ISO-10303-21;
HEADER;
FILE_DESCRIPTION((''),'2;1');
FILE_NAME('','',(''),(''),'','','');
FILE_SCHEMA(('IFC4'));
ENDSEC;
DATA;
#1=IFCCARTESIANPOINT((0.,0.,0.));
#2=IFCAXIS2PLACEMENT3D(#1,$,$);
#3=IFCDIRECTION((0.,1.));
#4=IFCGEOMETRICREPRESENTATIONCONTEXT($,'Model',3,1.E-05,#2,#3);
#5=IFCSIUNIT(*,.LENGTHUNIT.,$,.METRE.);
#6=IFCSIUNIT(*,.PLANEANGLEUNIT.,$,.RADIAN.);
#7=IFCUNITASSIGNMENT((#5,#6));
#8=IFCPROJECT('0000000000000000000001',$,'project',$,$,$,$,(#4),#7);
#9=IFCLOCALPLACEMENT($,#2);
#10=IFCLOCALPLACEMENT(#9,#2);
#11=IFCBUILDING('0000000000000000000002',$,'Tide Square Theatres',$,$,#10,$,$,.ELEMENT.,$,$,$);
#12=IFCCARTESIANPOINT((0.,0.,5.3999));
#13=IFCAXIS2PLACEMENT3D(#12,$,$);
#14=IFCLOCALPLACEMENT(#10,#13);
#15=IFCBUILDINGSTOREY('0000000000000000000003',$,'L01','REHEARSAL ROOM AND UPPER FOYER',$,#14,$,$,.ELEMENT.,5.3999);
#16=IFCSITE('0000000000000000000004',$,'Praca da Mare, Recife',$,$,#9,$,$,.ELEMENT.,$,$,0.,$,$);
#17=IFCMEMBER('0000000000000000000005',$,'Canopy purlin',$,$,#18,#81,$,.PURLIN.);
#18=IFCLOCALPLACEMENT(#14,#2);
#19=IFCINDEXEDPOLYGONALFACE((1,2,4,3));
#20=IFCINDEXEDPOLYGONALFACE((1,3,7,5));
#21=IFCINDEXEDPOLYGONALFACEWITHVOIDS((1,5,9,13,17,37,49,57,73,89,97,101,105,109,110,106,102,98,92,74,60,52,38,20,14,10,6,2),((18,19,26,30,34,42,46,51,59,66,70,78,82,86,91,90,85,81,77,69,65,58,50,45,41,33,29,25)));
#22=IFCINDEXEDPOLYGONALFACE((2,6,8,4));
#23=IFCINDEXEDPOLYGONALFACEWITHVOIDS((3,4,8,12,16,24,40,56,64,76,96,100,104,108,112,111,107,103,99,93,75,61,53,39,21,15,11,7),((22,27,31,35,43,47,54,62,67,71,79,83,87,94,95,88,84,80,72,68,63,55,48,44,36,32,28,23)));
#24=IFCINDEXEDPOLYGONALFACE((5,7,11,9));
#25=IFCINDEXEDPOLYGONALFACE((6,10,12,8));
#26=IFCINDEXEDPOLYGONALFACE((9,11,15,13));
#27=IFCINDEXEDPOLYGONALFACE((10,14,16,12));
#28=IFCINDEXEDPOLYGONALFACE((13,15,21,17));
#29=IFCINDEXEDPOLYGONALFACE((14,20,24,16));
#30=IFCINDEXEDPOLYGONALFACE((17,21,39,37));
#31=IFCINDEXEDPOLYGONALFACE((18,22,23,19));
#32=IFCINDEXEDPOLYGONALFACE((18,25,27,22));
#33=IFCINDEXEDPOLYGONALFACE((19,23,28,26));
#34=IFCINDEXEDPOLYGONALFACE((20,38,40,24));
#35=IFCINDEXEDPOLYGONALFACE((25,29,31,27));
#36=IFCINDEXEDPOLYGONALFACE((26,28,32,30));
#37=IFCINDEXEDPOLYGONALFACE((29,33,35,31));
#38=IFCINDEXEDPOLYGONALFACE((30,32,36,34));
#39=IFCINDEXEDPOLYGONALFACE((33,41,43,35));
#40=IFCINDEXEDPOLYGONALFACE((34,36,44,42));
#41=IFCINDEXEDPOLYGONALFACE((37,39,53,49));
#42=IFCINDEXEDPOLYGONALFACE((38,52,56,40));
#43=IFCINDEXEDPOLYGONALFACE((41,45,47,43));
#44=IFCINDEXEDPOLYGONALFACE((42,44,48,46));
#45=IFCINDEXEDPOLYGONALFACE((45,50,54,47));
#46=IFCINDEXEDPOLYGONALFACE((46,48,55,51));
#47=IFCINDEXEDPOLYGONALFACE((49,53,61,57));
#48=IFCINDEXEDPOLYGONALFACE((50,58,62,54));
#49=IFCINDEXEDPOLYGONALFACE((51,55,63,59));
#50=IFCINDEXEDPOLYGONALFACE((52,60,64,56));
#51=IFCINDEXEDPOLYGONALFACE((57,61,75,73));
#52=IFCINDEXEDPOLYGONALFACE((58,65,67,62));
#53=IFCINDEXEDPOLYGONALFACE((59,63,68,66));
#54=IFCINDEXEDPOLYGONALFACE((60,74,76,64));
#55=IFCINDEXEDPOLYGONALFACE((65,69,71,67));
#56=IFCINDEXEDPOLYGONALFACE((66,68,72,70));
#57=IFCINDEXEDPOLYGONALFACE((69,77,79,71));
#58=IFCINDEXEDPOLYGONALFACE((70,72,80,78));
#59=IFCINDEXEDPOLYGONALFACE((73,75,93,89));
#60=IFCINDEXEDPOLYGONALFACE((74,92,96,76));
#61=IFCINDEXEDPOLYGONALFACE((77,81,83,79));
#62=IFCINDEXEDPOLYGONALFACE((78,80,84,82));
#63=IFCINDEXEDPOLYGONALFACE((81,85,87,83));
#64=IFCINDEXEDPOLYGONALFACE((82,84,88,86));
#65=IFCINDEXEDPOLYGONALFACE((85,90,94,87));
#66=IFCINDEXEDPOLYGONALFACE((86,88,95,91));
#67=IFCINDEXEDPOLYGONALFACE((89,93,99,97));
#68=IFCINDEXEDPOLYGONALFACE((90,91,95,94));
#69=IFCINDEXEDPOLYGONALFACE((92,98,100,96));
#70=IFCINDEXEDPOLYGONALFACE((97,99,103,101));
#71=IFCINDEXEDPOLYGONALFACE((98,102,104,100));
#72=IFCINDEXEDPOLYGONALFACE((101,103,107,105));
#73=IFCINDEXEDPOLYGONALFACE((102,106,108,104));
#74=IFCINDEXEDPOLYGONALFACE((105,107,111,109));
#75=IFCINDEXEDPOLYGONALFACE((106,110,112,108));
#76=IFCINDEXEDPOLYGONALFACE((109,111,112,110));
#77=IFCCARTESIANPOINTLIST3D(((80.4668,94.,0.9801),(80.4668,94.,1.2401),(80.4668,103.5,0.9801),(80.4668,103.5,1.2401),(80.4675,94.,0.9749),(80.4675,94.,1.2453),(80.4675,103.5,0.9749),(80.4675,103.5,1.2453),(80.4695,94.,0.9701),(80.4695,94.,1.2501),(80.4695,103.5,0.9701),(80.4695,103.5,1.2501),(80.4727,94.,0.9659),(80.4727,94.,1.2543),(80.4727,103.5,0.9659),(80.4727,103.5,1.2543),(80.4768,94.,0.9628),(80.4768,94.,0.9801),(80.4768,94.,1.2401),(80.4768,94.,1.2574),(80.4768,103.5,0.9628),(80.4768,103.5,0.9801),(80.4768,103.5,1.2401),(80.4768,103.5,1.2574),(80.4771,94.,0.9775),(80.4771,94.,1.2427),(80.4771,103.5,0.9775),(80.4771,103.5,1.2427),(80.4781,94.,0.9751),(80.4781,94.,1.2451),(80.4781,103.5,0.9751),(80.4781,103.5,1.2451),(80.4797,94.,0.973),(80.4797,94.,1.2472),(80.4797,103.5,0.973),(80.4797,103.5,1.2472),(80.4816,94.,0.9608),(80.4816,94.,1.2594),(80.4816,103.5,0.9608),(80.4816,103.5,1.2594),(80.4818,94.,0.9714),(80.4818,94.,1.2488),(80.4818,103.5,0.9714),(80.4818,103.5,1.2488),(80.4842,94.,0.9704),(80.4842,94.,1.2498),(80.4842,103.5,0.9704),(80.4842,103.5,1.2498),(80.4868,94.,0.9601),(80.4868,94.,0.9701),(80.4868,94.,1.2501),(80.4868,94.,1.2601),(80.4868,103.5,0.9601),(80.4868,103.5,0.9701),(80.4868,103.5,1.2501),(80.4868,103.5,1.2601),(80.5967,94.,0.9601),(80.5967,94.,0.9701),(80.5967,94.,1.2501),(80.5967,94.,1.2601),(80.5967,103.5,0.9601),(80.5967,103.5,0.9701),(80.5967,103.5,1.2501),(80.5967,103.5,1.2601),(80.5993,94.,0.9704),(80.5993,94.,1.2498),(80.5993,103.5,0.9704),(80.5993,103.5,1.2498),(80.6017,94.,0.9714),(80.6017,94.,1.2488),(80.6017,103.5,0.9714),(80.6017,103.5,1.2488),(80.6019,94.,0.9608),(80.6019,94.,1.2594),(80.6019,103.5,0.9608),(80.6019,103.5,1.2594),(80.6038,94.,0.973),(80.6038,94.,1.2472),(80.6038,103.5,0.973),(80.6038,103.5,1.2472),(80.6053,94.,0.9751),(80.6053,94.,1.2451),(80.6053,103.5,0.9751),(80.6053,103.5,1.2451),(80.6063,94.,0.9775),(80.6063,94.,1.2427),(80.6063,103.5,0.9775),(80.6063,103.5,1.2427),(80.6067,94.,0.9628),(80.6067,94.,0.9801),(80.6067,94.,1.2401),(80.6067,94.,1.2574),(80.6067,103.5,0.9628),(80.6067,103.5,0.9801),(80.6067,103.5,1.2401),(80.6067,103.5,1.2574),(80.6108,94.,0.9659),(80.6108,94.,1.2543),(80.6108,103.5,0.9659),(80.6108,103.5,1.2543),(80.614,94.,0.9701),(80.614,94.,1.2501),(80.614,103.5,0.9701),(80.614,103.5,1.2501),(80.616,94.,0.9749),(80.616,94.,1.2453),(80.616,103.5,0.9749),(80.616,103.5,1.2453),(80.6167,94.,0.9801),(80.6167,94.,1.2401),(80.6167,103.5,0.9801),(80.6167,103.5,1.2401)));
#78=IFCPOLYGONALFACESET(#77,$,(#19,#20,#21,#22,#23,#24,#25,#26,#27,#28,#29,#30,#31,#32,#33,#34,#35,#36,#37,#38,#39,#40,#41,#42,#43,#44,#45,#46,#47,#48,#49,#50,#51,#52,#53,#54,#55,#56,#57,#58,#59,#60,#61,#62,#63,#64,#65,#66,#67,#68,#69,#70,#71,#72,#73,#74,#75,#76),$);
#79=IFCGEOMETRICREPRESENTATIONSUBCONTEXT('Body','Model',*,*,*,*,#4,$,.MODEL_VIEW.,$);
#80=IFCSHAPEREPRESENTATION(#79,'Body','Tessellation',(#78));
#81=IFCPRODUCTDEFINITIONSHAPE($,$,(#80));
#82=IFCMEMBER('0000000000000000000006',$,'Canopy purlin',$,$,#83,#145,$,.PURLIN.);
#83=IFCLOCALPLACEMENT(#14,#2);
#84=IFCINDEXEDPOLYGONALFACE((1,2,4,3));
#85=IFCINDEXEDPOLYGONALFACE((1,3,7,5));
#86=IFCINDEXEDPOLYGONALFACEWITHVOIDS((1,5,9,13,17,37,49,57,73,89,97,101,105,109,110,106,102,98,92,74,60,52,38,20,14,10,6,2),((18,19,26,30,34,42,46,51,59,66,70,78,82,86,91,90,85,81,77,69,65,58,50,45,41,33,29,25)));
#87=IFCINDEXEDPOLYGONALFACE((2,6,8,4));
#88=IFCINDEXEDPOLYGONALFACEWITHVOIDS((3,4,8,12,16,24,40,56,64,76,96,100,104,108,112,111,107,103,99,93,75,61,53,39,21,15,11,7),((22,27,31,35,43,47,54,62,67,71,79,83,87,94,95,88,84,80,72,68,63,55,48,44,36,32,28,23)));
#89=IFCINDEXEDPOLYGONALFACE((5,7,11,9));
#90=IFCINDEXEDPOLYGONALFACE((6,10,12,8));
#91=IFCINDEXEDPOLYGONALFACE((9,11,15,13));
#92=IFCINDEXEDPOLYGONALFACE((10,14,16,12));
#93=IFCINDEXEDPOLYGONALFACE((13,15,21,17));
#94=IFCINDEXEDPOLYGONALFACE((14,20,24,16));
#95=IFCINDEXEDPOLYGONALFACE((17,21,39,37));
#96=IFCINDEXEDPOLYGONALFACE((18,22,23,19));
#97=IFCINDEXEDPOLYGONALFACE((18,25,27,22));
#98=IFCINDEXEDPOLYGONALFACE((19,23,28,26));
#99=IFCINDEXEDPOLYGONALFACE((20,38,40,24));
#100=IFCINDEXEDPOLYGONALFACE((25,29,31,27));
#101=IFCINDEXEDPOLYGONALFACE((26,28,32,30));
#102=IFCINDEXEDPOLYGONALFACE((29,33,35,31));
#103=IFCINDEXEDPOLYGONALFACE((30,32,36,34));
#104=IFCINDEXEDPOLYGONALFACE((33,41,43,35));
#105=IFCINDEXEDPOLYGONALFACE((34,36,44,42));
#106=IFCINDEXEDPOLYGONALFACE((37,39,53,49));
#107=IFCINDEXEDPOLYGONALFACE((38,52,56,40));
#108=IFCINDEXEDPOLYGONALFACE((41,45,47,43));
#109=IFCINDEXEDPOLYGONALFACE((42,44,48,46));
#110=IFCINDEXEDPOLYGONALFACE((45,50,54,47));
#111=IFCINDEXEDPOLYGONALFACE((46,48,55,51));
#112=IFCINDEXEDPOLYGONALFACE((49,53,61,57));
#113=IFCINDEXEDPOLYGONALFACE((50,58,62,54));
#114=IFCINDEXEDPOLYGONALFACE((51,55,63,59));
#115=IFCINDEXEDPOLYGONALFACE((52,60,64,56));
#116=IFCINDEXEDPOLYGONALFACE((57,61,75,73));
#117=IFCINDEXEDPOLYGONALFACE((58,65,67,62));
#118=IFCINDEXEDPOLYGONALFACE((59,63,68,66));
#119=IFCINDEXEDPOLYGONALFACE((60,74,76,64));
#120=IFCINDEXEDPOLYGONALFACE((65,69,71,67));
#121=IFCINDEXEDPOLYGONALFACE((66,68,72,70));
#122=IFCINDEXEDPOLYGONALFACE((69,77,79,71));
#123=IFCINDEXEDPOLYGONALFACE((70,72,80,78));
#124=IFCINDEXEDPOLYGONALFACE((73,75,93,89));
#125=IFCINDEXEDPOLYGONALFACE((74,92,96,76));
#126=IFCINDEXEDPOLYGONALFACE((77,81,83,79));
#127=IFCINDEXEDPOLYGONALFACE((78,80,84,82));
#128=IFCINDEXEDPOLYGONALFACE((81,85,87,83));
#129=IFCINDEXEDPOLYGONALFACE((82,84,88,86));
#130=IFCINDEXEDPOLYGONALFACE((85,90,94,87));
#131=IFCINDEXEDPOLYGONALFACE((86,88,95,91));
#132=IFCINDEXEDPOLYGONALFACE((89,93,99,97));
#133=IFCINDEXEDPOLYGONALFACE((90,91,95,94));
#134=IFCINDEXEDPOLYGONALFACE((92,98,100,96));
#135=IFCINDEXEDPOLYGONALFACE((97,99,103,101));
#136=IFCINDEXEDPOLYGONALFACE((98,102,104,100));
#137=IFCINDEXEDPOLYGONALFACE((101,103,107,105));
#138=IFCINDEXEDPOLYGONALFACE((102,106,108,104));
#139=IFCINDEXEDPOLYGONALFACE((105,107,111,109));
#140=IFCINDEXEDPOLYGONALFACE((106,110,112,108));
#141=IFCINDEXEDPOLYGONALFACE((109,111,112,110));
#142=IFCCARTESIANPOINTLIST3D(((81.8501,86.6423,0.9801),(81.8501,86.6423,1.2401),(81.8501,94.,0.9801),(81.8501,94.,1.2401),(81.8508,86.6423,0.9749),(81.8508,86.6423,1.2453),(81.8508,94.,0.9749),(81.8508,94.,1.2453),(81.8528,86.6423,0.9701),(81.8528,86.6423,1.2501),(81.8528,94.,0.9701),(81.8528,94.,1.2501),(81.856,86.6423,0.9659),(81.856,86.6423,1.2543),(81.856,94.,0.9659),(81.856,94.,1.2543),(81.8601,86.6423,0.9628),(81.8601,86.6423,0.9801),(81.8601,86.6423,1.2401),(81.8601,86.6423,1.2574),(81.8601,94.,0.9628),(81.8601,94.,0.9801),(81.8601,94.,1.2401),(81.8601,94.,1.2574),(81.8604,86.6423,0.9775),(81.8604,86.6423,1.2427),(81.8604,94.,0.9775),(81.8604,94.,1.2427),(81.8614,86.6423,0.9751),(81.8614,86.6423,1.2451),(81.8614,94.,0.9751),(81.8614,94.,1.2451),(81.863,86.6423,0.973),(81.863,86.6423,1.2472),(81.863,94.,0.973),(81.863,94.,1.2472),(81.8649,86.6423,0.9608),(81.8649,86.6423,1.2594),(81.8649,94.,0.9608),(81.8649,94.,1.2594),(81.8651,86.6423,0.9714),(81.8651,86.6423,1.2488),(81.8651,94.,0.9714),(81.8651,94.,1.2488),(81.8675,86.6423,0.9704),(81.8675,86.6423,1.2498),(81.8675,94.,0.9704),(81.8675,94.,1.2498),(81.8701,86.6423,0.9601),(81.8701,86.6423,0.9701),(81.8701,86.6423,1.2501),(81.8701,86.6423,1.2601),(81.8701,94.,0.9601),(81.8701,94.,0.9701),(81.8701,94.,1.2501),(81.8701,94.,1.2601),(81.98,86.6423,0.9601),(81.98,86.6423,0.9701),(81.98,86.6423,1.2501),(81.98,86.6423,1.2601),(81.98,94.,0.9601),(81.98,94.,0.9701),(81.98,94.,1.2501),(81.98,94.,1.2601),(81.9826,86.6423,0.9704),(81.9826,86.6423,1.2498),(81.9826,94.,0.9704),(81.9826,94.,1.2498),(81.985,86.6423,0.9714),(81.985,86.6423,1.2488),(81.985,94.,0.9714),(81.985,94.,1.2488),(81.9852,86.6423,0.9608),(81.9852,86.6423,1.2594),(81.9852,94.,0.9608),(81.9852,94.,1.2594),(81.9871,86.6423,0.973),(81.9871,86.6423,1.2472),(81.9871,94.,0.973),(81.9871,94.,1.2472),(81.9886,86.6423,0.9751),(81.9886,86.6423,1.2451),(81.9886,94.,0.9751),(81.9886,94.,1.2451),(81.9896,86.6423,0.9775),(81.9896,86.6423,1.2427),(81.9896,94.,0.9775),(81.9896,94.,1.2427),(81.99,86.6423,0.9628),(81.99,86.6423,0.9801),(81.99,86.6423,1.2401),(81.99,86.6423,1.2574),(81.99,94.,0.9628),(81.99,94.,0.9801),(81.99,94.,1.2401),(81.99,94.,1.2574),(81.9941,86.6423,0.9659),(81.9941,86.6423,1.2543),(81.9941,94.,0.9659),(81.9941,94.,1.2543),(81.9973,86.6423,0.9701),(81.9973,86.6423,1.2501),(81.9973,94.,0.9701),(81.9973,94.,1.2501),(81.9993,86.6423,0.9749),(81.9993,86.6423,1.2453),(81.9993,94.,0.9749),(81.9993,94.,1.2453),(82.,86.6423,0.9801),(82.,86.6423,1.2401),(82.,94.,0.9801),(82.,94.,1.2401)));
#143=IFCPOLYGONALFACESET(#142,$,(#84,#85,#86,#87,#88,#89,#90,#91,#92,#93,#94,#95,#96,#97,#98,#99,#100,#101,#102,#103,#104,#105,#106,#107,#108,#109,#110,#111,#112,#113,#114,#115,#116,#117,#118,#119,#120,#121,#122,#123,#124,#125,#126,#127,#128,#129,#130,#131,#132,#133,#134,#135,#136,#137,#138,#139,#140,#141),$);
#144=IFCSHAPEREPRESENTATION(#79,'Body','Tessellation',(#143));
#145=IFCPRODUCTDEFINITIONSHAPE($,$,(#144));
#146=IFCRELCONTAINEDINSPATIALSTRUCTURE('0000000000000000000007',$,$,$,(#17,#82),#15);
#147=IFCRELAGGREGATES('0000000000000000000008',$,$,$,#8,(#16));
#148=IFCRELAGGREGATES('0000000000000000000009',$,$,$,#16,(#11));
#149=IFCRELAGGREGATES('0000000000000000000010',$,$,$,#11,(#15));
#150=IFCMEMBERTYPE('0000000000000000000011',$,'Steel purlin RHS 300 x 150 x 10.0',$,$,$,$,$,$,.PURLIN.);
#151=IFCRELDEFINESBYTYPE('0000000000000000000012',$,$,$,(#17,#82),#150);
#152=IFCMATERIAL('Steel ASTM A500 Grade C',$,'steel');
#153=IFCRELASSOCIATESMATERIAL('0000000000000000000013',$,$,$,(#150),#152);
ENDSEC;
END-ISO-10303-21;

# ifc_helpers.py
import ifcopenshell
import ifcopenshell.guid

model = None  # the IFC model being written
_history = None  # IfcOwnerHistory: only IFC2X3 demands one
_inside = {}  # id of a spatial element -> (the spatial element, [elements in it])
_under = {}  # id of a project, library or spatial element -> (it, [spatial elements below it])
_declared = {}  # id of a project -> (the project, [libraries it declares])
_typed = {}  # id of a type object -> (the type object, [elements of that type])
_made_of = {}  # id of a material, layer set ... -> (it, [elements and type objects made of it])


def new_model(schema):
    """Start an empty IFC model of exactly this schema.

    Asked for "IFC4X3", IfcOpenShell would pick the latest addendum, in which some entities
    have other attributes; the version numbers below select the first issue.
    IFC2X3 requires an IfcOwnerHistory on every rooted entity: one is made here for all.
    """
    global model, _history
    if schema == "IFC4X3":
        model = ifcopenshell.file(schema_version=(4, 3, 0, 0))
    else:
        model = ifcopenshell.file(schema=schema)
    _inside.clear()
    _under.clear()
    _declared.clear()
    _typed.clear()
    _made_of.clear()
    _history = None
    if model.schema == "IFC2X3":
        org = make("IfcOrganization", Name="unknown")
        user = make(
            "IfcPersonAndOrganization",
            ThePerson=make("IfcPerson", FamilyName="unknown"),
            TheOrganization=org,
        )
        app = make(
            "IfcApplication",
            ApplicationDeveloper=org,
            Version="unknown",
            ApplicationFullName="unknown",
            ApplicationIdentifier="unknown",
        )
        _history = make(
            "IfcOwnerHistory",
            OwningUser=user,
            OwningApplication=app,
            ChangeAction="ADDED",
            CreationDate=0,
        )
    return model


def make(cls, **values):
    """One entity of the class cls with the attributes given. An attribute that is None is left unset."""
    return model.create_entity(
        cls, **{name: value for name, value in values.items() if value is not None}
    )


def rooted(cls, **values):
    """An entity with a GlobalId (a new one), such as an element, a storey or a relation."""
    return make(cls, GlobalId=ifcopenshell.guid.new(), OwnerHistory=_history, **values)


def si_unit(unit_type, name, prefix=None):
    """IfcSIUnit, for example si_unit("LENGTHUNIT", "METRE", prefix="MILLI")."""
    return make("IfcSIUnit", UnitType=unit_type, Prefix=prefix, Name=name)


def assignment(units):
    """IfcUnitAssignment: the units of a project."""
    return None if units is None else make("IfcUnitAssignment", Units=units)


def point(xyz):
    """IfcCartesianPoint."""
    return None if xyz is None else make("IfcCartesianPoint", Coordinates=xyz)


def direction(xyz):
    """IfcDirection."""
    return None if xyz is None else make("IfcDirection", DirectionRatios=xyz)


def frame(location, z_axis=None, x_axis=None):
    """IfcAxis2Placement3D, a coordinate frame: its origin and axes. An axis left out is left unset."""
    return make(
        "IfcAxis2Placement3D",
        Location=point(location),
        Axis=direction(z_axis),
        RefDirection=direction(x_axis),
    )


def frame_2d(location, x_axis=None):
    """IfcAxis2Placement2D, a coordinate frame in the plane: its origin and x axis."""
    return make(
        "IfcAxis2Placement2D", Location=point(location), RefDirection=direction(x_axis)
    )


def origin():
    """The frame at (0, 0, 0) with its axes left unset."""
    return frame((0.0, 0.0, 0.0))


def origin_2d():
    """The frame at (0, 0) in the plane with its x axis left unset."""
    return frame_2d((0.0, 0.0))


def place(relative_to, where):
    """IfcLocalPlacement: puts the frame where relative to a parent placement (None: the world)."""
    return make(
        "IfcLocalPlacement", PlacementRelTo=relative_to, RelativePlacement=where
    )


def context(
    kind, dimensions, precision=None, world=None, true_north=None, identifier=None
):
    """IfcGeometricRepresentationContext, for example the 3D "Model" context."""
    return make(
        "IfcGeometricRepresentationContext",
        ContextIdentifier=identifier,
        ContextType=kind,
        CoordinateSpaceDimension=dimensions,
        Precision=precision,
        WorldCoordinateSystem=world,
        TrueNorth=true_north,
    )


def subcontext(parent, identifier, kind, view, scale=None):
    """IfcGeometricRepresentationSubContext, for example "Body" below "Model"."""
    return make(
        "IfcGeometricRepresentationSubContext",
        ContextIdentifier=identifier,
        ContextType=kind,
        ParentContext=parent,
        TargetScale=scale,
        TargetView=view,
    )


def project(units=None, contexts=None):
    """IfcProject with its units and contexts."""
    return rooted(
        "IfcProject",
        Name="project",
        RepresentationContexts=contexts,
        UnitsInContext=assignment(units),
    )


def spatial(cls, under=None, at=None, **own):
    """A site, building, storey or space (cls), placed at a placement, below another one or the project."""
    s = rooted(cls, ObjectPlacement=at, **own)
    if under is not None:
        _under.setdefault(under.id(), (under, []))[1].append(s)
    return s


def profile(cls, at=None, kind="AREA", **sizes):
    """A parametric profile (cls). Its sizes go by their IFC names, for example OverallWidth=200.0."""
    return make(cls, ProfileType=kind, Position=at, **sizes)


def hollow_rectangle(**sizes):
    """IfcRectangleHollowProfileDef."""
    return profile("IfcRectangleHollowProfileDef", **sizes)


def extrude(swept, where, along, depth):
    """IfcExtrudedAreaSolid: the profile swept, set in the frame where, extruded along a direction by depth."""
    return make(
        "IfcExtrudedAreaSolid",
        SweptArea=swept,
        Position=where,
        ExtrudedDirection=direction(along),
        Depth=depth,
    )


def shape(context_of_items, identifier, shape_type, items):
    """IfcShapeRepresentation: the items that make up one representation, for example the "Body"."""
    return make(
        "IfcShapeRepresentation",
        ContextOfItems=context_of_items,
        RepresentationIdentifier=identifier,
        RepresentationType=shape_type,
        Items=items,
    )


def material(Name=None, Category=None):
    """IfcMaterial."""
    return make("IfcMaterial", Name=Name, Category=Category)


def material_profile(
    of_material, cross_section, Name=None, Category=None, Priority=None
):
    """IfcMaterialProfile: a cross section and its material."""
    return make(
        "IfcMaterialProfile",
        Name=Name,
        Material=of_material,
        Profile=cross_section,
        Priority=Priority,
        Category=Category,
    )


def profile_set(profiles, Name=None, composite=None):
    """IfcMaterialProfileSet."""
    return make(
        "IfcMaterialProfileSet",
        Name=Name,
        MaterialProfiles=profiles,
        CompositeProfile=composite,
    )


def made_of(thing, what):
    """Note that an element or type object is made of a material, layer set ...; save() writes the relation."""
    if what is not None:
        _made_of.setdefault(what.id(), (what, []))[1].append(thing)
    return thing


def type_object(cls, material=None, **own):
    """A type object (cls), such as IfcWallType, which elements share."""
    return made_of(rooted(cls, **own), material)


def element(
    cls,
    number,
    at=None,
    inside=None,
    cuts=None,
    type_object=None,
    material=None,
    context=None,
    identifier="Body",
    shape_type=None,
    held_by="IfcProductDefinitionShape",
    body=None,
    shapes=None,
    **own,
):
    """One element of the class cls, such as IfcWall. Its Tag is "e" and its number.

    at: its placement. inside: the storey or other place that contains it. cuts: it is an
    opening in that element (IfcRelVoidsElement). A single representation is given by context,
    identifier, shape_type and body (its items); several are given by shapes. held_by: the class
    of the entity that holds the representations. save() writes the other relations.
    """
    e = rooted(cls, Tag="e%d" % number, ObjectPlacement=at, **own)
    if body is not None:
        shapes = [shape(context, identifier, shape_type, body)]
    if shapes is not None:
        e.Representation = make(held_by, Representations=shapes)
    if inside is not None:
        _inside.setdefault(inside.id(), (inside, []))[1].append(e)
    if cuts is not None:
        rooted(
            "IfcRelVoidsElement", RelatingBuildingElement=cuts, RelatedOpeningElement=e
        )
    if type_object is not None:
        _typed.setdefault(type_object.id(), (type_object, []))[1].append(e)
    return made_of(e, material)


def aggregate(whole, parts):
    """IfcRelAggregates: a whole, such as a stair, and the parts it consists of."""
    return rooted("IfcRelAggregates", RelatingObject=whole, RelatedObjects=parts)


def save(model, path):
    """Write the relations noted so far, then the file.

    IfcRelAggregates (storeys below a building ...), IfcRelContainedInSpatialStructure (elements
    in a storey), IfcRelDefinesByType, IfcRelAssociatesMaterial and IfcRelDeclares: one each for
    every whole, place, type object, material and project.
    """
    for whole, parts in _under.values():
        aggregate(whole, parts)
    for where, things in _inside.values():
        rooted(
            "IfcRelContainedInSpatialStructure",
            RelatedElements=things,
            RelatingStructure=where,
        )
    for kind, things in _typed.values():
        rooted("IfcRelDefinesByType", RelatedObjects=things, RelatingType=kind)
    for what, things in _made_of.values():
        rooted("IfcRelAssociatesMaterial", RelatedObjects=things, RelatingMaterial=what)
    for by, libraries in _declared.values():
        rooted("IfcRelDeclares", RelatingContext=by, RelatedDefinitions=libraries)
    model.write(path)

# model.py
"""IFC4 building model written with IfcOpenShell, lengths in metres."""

from ifc_helpers import new_model, si_unit, direction, frame, origin, origin_2d, place, context, subcontext, project, spatial, hollow_rectangle, extrude, material, material_profile, profile_set, type_object, element, save


model = new_model("IFC4")

# Units and contexts
model_context = context("Model", 3, precision=1e-05, world=origin(), true_north=direction((0.0, 1.0)))
body_context = subcontext(model_context, "Body", "Model", "MODEL_VIEW")
ifc_project = project(units=[si_unit("LENGTHUNIT", "METRE"), si_unit("PLANEANGLEUNIT", "RADIAN")], contexts=[model_context])

# Site, building, storey
site_placement = place(None, origin())
site = spatial("IfcSite", under=ifc_project, at=site_placement, Name="Praca da Mare, Recife", CompositionType="ELEMENT", RefElevation=0.0)
building_placement = place(site_placement, origin())
building = spatial("IfcBuilding", under=site, at=building_placement, Name="Tide Square Theatres", CompositionType="ELEMENT")
storey_placement = place(building_placement, frame((0.0, 0.0, 5.3999)))
storey = spatial("IfcBuildingStorey", under=building, at=storey_placement, Name="L01", Description="REHEARSAL ROOM AND UPPER FOYER", CompositionType="ELEMENT", Elevation=5.3999)

# Members
ifc_material_1 = material(Name="Steel ASTM A500 Grade C", Category="steel")
ifc_material_profile_1 = material_profile(ifc_material_1, hollow_rectangle(XDim=0.1499, YDim=0.3, WallThickness=0.01, InnerFilletRadius=0.01, OuterFilletRadius=0.02, at=origin_2d()))
ifc_profile_set_1 = profile_set([ifc_material_profile_1], Name="Steel ASTM A500 Grade C")
member_type = type_object("IfcMemberType", Name="Steel purlin RHS 300 x 150 x 10.0", PredefinedType="PURLIN", material=ifc_profile_set_1)
for number, where, z_axis, x_axis, name in (
    (1, (80.5417, 94.0, 1.1101), (0.0, 1.0, 0.0), (-1.0, 0.0, 0.0), "Canopy purlin"),
):
    element("IfcMember", number, at=place(storey_placement, frame(where, z_axis=z_axis, x_axis=x_axis)), inside=storey, type_object=member_type, Name=name, PredefinedType="PURLIN", context=body_context, shape_type="SweptSolid", body=[
        extrude(hollow_rectangle(XDim=0.1499, YDim=0.3, WallThickness=0.01, InnerFilletRadius=0.01, OuterFilletRadius=0.02, at=origin_2d()), origin(), (0.0, 0.0, 1.0), 9.5),
    ])
member_1_placement = place(storey_placement, frame((81.925, 86.6423, 1.1101), z_axis=(0.0, 1.0, 0.0), x_axis=(-1.0, 0.0, 0.0)))
element("IfcMember", 2, at=member_1_placement, inside=storey, type_object=member_type, Name="Canopy purlin", PredefinedType="PURLIN", context=body_context, shape_type="SweptSolid", body=[
    extrude(hollow_rectangle(XDim=0.1499, YDim=0.3, WallThickness=0.01, InnerFilletRadius=0.01, OuterFilletRadius=0.02, at=origin_2d()), origin(), (0.0, 0.0, 1.0), 7.3577),
])

save(model, "model.ifc")
